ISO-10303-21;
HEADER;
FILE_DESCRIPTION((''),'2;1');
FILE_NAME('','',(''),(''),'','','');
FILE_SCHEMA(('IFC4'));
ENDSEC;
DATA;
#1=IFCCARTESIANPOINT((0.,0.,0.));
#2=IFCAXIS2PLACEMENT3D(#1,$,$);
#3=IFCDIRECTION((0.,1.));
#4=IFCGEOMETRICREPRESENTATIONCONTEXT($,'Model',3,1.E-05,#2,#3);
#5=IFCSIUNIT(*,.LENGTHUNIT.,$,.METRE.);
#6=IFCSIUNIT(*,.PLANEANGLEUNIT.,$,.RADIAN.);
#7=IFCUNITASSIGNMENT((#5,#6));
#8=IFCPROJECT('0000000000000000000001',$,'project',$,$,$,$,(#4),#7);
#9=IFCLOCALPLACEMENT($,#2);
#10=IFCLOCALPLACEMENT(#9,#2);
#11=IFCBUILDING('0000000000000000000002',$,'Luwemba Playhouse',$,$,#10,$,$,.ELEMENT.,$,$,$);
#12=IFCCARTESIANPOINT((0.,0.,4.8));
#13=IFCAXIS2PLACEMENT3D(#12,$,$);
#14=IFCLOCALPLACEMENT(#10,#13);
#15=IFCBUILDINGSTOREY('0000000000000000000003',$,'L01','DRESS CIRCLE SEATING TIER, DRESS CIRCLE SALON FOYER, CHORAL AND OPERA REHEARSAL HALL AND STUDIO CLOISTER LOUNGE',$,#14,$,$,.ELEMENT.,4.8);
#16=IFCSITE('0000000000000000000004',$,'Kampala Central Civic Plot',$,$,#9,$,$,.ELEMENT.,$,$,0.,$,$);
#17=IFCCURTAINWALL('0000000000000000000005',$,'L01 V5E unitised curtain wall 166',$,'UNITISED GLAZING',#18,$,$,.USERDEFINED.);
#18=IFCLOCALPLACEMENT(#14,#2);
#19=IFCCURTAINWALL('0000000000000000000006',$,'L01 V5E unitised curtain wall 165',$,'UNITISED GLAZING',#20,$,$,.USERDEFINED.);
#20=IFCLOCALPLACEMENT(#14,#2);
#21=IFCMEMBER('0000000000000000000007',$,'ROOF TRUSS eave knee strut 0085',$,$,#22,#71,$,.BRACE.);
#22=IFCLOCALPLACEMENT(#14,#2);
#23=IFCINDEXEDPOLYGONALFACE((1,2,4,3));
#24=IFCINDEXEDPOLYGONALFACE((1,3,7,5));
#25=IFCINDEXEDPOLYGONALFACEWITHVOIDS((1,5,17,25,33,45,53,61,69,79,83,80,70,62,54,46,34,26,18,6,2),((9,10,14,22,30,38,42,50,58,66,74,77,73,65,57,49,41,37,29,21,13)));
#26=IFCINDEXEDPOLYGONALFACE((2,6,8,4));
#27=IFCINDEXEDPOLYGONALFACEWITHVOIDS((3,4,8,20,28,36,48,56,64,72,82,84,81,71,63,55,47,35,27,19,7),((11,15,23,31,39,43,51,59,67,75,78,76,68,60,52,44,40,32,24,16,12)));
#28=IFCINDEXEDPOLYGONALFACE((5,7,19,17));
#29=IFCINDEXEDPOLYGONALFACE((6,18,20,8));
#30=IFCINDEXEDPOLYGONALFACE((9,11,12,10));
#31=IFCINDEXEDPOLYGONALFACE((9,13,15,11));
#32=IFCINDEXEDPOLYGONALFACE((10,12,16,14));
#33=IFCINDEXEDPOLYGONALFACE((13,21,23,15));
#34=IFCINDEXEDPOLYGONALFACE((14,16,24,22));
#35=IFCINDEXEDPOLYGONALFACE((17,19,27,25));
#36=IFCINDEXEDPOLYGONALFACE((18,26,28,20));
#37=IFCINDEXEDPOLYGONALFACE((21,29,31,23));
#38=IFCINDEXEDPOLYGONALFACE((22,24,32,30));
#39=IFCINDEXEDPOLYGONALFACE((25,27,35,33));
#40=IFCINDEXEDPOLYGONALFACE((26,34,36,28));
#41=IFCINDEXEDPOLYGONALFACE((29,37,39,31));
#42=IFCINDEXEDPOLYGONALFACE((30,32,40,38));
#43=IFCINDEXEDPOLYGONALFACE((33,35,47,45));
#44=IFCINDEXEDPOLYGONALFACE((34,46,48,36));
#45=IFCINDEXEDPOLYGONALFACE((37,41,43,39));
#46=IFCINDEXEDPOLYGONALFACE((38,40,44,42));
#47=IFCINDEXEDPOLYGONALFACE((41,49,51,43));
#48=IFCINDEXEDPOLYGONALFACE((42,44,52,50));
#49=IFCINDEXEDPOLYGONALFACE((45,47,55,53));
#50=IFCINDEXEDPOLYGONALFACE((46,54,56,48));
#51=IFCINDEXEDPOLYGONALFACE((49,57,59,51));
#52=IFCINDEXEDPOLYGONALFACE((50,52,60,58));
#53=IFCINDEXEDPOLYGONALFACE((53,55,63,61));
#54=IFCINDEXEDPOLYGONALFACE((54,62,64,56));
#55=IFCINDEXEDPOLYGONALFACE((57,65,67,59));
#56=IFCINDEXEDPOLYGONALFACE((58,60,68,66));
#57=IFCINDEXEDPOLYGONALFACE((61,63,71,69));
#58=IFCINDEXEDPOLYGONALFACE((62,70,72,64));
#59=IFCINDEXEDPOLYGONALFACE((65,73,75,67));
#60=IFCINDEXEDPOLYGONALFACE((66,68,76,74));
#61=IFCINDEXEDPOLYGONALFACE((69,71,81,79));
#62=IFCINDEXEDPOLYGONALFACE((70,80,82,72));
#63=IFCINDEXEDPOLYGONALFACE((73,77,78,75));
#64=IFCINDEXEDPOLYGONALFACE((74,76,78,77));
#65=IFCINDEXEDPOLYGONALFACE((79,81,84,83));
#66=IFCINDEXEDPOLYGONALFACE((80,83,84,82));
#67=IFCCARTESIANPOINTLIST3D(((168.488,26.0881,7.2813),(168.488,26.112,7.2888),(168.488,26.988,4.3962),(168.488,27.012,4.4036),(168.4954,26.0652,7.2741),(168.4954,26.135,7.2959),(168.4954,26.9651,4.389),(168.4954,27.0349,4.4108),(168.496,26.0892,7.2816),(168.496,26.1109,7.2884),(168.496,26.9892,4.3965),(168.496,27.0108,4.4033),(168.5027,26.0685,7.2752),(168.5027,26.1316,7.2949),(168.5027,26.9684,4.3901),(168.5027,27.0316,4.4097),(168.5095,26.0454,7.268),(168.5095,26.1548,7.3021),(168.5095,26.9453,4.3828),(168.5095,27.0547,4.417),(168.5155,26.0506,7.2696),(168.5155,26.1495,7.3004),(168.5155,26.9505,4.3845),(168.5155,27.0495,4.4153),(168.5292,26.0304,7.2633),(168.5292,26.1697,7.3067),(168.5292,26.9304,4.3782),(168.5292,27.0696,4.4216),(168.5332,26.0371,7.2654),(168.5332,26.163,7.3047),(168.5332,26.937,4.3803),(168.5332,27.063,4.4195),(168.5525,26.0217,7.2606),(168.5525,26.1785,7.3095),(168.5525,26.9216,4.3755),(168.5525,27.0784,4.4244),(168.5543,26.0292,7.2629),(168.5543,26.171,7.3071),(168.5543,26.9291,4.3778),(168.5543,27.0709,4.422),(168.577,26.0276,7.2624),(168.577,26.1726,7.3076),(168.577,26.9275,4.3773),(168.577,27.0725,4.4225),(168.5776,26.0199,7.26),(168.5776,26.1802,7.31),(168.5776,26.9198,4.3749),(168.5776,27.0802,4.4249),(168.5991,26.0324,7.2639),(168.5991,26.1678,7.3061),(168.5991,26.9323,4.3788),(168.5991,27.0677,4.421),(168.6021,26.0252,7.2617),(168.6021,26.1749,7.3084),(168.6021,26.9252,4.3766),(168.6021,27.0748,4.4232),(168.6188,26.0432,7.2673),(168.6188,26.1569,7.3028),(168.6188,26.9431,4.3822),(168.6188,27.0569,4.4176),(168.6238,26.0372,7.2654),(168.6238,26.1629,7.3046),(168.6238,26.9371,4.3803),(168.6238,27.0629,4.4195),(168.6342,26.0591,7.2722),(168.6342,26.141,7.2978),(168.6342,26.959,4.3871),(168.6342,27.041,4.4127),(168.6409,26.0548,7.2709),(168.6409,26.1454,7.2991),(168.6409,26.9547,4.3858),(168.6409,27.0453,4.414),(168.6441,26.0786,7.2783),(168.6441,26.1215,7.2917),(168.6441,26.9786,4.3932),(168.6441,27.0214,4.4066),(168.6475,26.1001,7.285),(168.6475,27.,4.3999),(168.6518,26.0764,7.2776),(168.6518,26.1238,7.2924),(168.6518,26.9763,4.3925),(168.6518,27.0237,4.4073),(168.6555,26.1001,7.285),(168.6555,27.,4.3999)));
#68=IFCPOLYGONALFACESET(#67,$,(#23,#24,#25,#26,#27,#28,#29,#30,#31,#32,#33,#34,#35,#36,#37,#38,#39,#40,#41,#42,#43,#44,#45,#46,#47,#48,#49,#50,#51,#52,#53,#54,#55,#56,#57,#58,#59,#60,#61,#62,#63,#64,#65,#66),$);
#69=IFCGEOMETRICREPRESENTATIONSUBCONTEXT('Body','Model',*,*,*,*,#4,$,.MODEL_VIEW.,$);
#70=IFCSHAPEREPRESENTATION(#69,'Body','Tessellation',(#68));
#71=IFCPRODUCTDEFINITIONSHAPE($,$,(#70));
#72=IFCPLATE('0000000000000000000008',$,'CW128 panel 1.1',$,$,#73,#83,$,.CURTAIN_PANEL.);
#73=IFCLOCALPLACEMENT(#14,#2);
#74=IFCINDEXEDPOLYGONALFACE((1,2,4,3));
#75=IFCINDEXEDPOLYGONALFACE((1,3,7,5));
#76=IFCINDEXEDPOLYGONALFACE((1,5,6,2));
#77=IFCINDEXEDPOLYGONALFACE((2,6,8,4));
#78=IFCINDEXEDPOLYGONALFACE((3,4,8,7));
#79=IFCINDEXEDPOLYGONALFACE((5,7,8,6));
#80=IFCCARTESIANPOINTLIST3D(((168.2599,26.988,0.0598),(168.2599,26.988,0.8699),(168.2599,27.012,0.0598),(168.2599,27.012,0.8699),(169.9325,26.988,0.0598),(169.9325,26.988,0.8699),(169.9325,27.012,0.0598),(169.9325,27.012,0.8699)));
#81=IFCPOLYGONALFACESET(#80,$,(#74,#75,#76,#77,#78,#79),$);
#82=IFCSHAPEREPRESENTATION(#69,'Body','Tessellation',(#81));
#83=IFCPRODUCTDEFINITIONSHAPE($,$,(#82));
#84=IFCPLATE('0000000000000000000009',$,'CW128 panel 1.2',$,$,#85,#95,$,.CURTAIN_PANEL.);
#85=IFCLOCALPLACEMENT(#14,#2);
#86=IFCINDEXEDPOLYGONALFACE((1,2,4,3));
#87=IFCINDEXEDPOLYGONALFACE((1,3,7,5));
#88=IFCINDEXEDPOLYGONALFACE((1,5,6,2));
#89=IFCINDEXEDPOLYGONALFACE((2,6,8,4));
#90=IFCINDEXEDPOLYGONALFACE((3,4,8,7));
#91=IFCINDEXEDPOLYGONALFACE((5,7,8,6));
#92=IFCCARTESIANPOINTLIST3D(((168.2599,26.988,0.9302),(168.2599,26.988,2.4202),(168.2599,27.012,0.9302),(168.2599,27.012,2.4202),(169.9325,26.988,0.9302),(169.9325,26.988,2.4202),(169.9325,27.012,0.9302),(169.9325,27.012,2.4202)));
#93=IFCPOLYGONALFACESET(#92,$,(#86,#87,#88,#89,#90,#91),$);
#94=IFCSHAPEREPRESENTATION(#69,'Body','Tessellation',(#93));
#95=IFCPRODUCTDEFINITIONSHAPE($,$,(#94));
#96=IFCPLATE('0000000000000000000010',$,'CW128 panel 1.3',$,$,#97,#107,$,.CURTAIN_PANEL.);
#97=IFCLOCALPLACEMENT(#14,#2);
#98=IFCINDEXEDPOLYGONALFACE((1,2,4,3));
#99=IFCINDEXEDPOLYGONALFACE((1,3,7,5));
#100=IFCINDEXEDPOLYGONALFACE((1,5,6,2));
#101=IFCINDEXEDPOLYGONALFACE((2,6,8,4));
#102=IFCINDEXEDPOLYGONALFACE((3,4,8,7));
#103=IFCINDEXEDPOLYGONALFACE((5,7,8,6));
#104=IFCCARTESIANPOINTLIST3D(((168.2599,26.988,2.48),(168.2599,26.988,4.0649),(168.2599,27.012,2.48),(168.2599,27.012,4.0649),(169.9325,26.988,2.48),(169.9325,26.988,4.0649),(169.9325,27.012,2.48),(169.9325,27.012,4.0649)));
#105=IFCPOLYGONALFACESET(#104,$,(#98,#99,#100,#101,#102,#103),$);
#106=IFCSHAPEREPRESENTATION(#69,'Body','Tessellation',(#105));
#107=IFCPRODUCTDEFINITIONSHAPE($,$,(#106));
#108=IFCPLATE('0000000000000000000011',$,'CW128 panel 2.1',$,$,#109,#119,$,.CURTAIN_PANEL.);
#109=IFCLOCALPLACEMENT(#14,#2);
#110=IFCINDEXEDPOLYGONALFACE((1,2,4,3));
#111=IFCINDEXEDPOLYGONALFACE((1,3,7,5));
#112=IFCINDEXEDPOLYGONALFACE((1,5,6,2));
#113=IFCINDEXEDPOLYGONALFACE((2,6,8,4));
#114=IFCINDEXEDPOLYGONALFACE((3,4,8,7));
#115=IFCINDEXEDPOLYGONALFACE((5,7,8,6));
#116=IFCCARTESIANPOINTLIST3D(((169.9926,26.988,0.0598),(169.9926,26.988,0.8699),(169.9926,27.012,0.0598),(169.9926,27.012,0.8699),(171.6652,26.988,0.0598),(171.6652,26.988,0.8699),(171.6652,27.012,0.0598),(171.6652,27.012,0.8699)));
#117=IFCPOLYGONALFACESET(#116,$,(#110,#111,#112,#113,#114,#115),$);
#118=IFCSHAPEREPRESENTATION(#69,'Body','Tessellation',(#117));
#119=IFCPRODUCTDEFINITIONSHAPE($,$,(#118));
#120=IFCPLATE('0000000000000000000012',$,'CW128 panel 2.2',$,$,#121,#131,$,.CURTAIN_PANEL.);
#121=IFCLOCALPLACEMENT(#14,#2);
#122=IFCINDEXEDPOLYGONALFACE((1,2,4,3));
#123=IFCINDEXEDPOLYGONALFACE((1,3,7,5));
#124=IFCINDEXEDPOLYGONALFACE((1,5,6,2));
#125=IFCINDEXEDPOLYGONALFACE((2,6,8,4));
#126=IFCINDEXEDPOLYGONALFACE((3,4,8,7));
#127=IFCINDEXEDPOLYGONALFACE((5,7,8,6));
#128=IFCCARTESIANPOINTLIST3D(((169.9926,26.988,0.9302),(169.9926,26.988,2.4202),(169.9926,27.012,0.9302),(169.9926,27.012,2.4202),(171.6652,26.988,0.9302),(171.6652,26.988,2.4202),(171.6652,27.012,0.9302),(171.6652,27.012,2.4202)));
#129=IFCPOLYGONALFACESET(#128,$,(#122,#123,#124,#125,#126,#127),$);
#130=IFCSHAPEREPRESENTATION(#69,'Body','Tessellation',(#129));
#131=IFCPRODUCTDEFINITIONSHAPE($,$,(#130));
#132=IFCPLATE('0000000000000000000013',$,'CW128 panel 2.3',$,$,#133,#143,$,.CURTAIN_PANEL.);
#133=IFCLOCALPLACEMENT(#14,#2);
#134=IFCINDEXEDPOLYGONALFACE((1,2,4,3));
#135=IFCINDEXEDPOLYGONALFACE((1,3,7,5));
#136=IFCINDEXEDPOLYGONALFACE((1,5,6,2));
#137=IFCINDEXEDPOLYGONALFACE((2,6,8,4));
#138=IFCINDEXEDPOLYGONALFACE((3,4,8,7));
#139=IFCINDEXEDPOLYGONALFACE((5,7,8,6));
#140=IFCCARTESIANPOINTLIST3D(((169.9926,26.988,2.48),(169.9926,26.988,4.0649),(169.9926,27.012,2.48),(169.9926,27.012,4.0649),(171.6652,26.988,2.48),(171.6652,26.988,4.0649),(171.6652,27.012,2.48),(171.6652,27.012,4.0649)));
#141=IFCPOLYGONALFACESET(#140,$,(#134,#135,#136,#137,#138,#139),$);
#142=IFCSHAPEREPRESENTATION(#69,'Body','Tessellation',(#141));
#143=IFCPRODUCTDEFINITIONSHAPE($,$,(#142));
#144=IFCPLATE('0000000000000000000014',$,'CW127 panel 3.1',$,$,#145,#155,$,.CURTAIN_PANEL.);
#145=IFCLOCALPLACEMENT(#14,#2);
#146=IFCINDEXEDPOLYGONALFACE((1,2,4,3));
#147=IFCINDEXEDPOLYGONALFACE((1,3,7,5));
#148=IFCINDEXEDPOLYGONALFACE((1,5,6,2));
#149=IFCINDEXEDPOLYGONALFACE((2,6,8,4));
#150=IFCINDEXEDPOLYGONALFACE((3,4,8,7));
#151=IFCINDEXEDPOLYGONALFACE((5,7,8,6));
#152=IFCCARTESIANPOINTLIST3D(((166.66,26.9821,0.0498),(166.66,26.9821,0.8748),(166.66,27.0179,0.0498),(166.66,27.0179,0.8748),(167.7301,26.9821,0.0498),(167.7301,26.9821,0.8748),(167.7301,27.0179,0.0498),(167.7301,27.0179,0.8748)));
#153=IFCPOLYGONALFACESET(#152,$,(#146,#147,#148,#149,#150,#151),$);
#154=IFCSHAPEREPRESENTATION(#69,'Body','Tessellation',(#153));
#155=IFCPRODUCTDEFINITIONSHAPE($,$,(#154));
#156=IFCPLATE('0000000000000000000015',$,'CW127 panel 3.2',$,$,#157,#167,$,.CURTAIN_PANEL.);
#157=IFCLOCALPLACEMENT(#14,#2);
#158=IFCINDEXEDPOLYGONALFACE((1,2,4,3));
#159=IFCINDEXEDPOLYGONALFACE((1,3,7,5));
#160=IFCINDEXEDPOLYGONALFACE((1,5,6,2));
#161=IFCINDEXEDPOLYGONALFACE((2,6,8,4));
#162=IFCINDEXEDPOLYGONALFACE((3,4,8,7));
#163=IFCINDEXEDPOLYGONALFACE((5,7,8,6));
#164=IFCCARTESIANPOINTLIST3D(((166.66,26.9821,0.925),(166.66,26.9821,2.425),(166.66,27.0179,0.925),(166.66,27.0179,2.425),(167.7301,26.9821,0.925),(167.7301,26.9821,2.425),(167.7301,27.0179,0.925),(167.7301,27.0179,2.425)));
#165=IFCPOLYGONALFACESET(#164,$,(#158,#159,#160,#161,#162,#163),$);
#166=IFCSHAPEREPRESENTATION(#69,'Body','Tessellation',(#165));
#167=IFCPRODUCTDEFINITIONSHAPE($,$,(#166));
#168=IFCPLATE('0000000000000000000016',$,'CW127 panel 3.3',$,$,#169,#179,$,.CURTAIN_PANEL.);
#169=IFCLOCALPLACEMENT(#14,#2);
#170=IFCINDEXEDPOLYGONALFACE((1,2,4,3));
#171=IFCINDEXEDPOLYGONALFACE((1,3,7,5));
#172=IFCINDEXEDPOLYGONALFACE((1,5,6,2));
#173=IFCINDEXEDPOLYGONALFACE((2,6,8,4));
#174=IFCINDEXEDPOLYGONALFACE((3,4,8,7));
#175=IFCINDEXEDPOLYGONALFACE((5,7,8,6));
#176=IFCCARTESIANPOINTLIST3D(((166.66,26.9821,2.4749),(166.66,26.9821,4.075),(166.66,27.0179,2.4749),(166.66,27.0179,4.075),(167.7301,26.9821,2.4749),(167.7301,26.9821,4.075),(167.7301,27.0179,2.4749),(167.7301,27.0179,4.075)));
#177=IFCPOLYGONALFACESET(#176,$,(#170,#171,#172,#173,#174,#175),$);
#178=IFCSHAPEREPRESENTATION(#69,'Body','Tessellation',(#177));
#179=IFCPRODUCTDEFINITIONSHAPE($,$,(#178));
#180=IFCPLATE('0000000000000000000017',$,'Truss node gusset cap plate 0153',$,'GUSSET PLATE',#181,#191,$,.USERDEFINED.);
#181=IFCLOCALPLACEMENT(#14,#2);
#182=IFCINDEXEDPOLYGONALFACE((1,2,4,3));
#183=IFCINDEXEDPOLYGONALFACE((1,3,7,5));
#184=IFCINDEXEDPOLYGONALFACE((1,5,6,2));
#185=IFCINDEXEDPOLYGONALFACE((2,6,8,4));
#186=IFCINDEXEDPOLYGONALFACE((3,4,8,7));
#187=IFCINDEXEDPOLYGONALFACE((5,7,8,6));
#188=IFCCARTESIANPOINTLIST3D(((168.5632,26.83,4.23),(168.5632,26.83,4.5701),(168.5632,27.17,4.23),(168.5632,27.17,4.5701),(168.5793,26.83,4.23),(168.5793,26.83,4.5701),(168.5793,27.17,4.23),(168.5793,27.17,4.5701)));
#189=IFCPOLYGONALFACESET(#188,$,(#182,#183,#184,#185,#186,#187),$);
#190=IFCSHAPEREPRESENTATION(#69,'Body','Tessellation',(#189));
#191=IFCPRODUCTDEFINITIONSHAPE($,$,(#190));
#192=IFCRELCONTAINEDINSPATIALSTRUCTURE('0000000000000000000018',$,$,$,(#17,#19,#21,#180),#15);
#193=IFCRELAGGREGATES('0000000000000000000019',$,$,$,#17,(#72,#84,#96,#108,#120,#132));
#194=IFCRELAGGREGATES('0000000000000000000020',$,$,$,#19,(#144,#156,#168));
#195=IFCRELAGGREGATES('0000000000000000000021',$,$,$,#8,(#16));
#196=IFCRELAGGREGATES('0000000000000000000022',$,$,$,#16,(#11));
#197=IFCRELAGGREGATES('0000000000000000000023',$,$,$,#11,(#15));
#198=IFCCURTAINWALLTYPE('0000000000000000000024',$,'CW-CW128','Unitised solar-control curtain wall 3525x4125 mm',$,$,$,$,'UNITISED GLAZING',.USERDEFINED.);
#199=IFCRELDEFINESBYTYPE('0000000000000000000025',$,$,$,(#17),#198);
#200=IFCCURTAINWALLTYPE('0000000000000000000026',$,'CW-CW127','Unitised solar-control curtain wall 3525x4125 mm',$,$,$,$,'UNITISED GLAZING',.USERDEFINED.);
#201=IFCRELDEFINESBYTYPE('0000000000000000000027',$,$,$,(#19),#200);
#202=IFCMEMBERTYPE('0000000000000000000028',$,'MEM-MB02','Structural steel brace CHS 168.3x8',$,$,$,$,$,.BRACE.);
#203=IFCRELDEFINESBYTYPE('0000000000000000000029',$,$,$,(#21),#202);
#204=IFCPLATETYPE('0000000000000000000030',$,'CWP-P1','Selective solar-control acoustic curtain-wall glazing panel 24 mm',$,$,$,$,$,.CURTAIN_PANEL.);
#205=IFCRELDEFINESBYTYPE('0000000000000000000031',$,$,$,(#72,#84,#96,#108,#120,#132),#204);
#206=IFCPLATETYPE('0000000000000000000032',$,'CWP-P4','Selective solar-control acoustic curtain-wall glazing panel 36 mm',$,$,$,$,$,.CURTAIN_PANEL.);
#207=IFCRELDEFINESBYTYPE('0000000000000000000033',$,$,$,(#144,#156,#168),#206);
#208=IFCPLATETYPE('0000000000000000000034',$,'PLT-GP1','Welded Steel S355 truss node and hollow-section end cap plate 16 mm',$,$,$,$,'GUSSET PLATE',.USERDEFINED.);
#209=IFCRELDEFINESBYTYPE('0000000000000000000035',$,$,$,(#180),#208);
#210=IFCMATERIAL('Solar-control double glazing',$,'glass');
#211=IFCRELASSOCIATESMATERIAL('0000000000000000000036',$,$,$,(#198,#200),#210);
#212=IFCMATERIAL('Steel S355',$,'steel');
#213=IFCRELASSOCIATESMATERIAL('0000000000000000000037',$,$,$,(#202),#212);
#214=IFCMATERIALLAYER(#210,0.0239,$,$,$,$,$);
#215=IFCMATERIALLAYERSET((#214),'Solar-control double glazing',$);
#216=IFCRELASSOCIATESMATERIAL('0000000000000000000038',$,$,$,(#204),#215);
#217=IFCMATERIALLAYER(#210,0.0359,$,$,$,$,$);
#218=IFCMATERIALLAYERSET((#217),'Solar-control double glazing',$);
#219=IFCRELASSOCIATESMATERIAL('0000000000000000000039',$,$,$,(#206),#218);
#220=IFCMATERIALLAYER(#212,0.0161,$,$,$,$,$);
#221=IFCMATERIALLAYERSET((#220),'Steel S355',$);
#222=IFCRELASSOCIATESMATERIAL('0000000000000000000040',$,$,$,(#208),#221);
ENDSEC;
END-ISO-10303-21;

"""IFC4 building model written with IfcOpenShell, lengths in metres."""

from ifc_helpers import new_model, si_unit, direction, frame, origin, origin_2d, place, context, subcontext, project, spatial, rectangle, hollow_circle, extrude, material, layer, layer_set, material_profile, profile_set, type_object, element, aggregate, save


model = new_model("IFC4")

# Units and contexts
model_context = context("Model", 3, precision=1e-05, world=origin(), true_north=direction((0.0, 1.0)))
body_context = subcontext(model_context, "Body", "Model", "MODEL_VIEW")
ifc_project = project(units=[si_unit("LENGTHUNIT", "METRE"), si_unit("PLANEANGLEUNIT", "RADIAN")], contexts=[model_context])

# Site, building, storey
site_placement = place(None, origin())
site = spatial("IfcSite", under=ifc_project, at=site_placement, Name="Kampala Central Civic Plot", CompositionType="ELEMENT", RefElevation=0.0)
building_placement = place(site_placement, origin())
building = spatial("IfcBuilding", under=site, at=building_placement, Name="Luwemba Playhouse", CompositionType="ELEMENT")
storey_placement = place(building_placement, frame((0.0, 0.0, 4.8)))
storey = spatial("IfcBuildingStorey", under=building, at=storey_placement, Name="L01", Description="DRESS CIRCLE SEATING TIER, DRESS CIRCLE SALON FOYER, CHORAL AND OPERA REHEARSAL HALL AND STUDIO CLOISTER LOUNGE", CompositionType="ELEMENT", Elevation=4.8)

# Shared definitions
ifc_material_1 = material(Name="Steel S355", Category="steel")

# Curtain wall
ifc_material_2 = material(Name="Solar-control double glazing", Category="glass")
curtain_wall_type_1 = type_object("IfcCurtainWallType", Name="CW-CW128", Description="Unitised solar-control curtain wall 3525x4125 mm", ElementType="UNITISED GLAZING", PredefinedType="USERDEFINED", material=ifc_material_2)
curtain_wall_1_placement = place(storey_placement, origin())
curtain_wall_1 = element("IfcCurtainWall", 1, at=curtain_wall_1_placement, inside=storey, type_object=curtain_wall_type_1, Name="L01 V5E unitised curtain wall 166", ObjectType="UNITISED GLAZING", PredefinedType="USERDEFINED")

# Curtain wall
curtain_wall_type_2 = type_object("IfcCurtainWallType", Name="CW-CW127", Description="Unitised solar-control curtain wall 3525x4125 mm", ElementType="UNITISED GLAZING", PredefinedType="USERDEFINED", material=ifc_material_2)
curtain_wall_2_placement = place(storey_placement, origin())
curtain_wall_2 = element("IfcCurtainWall", 2, at=curtain_wall_2_placement, inside=storey, type_object=curtain_wall_type_2, Name="L01 V5E unitised curtain wall 165", ObjectType="UNITISED GLAZING", PredefinedType="USERDEFINED")

# Member
ifc_material_profile_1 = material_profile(ifc_material_1, hollow_circle(Radius=0.0842, WallThickness=0.0081, at=origin_2d()))
ifc_profile_set_1 = profile_set([ifc_material_profile_1], Name="Steel S355")
member_type_1 = type_object("IfcMemberType", Name="MEM-MB02", Description="Structural steel brace CHS 168.3x8", PredefinedType="BRACE", material=ifc_profile_set_1)
member_1_placement = place(storey_placement, frame((168.5713, 27.0, 4.3999), z_axis=(0.0, -0.297774, 0.954637), x_axis=(1.0, 0.0, 0.0)))
element("IfcMember", 3, at=member_1_placement, inside=storey, type_object=member_type_1, Name="ROOF TRUSS eave knee strut 0085", PredefinedType="BRACE", context=body_context, shape_type="SweptSolid", body=[
    extrude(hollow_circle(Radius=0.0842, WallThickness=0.0081, at=origin_2d()), origin(), (0.0, 0.0, 1.0), 3.0222),
])

# Plates
ifc_layer_1 = layer(ifc_material_2, 0.0239)
ifc_layer_set_1 = layer_set([ifc_layer_1], Name="Solar-control double glazing")
plate_type_1 = type_object("IfcPlateType", Name="CWP-P1", Description="Selective solar-control acoustic curtain-wall glazing panel 24 mm", PredefinedType="CURTAIN_PANEL", material=ifc_layer_set_1)
plate_1_placement = place(storey_placement, frame((169.0962, 27.0, 0.0598), z_axis=(0.0, 0.0, 1.0), x_axis=(1.0, 0.0, 0.0)))
plate_1 = element("IfcPlate", 4, at=plate_1_placement, type_object=plate_type_1, Name="CW128 panel 1.1", PredefinedType="CURTAIN_PANEL", context=body_context, shape_type="SweptSolid", body=[
    extrude(rectangle(XDim=1.6726, YDim=0.0239, at=origin_2d()), origin(), (0.0, 0.0, 1.0), 0.8101),
])
plate_2_placement = place(storey_placement, frame((169.0962, 27.0, 0.9302), z_axis=(0.0, 0.0, 1.0), x_axis=(1.0, 0.0, 0.0)))
plate_2 = element("IfcPlate", 5, at=plate_2_placement, type_object=plate_type_1, Name="CW128 panel 1.2", PredefinedType="CURTAIN_PANEL", context=body_context, shape_type="SweptSolid", body=[
    extrude(rectangle(XDim=1.6726, YDim=0.0239, at=origin_2d()), origin(), (0.0, 0.0, 1.0), 1.49),
])
plate_3_placement = place(storey_placement, frame((169.0962, 27.0, 2.48), z_axis=(0.0, 0.0, 1.0), x_axis=(1.0, 0.0, 0.0)))
plate_3 = element("IfcPlate", 6, at=plate_3_placement, type_object=plate_type_1, Name="CW128 panel 1.3", PredefinedType="CURTAIN_PANEL", context=body_context, shape_type="SweptSolid", body=[
    extrude(rectangle(XDim=1.6726, YDim=0.0239, at=origin_2d()), origin(), (0.0, 0.0, 1.0), 1.585),
])
plate_4_placement = place(storey_placement, frame((170.8289, 27.0, 0.0598), z_axis=(0.0, 0.0, 1.0), x_axis=(1.0, 0.0, 0.0)))
plate_4 = element("IfcPlate", 7, at=plate_4_placement, type_object=plate_type_1, Name="CW128 panel 2.1", PredefinedType="CURTAIN_PANEL", context=body_context, shape_type="SweptSolid", body=[
    extrude(rectangle(XDim=1.6726, YDim=0.0239, at=origin_2d()), origin(), (0.0, 0.0, 1.0), 0.8101),
])
plate_5_placement = place(storey_placement, frame((170.8289, 27.0, 0.9302), z_axis=(0.0, 0.0, 1.0), x_axis=(1.0, 0.0, 0.0)))
plate_5 = element("IfcPlate", 8, at=plate_5_placement, type_object=plate_type_1, Name="CW128 panel 2.2", PredefinedType="CURTAIN_PANEL", context=body_context, shape_type="SweptSolid", body=[
    extrude(rectangle(XDim=1.6726, YDim=0.0239, at=origin_2d()), origin(), (0.0, 0.0, 1.0), 1.49),
])
plate_6_placement = place(storey_placement, frame((170.8289, 27.0, 2.48), z_axis=(0.0, 0.0, 1.0), x_axis=(1.0, 0.0, 0.0)))
plate_6 = element("IfcPlate", 9, at=plate_6_placement, type_object=plate_type_1, Name="CW128 panel 2.3", PredefinedType="CURTAIN_PANEL", context=body_context, shape_type="SweptSolid", body=[
    extrude(rectangle(XDim=1.6726, YDim=0.0239, at=origin_2d()), origin(), (0.0, 0.0, 1.0), 1.585),
])
aggregate(curtain_wall_1, [plate_1, plate_2, plate_3, plate_4, plate_5, plate_6])
ifc_layer_2 = layer(ifc_material_2, 0.0359)
ifc_layer_set_2 = layer_set([ifc_layer_2], Name="Solar-control double glazing")
plate_type_2 = type_object("IfcPlateType", Name="CWP-P4", Description="Selective solar-control acoustic curtain-wall glazing panel 36 mm", PredefinedType="CURTAIN_PANEL", material=ifc_layer_set_2)
plate_7_placement = place(storey_placement, frame((167.1951, 27.0, 0.0498), z_axis=(0.0, 0.0, 1.0), x_axis=(1.0, 0.0, 0.0)))
plate_7 = element("IfcPlate", 10, at=plate_7_placement, type_object=plate_type_2, Name="CW127 panel 3.1", PredefinedType="CURTAIN_PANEL", context=body_context, shape_type="SweptSolid", body=[
    extrude(rectangle(XDim=1.0701, YDim=0.0359, at=origin_2d()), origin(), (0.0, 0.0, 1.0), 0.825),
])
plate_8_placement = place(storey_placement, frame((167.1951, 27.0, 0.925), z_axis=(0.0, 0.0, 1.0), x_axis=(1.0, 0.0, 0.0)))
plate_8 = element("IfcPlate", 11, at=plate_8_placement, type_object=plate_type_2, Name="CW127 panel 3.2", PredefinedType="CURTAIN_PANEL", context=body_context, shape_type="SweptSolid", body=[
    extrude(rectangle(XDim=1.0701, YDim=0.0359, at=origin_2d()), origin(), (0.0, 0.0, 1.0), 1.5),
])
plate_9_placement = place(storey_placement, frame((167.1951, 27.0, 2.4749), z_axis=(0.0, 0.0, 1.0), x_axis=(1.0, 0.0, 0.0)))
plate_9 = element("IfcPlate", 12, at=plate_9_placement, type_object=plate_type_2, Name="CW127 panel 3.3", PredefinedType="CURTAIN_PANEL", context=body_context, shape_type="SweptSolid", body=[
    extrude(rectangle(XDim=1.0701, YDim=0.0359, at=origin_2d()), origin(), (0.0, 0.0, 1.0), 1.6001),
])
aggregate(curtain_wall_2, [plate_7, plate_8, plate_9])
ifc_layer_3 = layer(ifc_material_1, 0.0161)
ifc_layer_set_3 = layer_set([ifc_layer_3], Name="Steel S355")
plate_type_3 = type_object("IfcPlateType", Name="PLT-GP1", Description="Welded Steel S355 truss node and hollow-section end cap plate 16 mm", ElementType="GUSSET PLATE", PredefinedType="USERDEFINED", material=ifc_layer_set_3)
plate_10_placement = place(storey_placement, frame((168.5713, 27.0, 4.23), z_axis=(0.0, 0.0, 1.0), x_axis=(1.0, 0.0, 0.0)))
element("IfcPlate", 13, at=plate_10_placement, inside=storey, type_object=plate_type_3, Name="Truss node gusset cap plate 0153", ObjectType="GUSSET PLATE", PredefinedType="USERDEFINED", context=body_context, shape_type="SweptSolid", body=[
    extrude(rectangle(XDim=0.0161, YDim=0.3401, at=origin_2d()), origin(), (0.0, 0.0, 1.0), 0.3401),
])

save(model, "model.ifc")
